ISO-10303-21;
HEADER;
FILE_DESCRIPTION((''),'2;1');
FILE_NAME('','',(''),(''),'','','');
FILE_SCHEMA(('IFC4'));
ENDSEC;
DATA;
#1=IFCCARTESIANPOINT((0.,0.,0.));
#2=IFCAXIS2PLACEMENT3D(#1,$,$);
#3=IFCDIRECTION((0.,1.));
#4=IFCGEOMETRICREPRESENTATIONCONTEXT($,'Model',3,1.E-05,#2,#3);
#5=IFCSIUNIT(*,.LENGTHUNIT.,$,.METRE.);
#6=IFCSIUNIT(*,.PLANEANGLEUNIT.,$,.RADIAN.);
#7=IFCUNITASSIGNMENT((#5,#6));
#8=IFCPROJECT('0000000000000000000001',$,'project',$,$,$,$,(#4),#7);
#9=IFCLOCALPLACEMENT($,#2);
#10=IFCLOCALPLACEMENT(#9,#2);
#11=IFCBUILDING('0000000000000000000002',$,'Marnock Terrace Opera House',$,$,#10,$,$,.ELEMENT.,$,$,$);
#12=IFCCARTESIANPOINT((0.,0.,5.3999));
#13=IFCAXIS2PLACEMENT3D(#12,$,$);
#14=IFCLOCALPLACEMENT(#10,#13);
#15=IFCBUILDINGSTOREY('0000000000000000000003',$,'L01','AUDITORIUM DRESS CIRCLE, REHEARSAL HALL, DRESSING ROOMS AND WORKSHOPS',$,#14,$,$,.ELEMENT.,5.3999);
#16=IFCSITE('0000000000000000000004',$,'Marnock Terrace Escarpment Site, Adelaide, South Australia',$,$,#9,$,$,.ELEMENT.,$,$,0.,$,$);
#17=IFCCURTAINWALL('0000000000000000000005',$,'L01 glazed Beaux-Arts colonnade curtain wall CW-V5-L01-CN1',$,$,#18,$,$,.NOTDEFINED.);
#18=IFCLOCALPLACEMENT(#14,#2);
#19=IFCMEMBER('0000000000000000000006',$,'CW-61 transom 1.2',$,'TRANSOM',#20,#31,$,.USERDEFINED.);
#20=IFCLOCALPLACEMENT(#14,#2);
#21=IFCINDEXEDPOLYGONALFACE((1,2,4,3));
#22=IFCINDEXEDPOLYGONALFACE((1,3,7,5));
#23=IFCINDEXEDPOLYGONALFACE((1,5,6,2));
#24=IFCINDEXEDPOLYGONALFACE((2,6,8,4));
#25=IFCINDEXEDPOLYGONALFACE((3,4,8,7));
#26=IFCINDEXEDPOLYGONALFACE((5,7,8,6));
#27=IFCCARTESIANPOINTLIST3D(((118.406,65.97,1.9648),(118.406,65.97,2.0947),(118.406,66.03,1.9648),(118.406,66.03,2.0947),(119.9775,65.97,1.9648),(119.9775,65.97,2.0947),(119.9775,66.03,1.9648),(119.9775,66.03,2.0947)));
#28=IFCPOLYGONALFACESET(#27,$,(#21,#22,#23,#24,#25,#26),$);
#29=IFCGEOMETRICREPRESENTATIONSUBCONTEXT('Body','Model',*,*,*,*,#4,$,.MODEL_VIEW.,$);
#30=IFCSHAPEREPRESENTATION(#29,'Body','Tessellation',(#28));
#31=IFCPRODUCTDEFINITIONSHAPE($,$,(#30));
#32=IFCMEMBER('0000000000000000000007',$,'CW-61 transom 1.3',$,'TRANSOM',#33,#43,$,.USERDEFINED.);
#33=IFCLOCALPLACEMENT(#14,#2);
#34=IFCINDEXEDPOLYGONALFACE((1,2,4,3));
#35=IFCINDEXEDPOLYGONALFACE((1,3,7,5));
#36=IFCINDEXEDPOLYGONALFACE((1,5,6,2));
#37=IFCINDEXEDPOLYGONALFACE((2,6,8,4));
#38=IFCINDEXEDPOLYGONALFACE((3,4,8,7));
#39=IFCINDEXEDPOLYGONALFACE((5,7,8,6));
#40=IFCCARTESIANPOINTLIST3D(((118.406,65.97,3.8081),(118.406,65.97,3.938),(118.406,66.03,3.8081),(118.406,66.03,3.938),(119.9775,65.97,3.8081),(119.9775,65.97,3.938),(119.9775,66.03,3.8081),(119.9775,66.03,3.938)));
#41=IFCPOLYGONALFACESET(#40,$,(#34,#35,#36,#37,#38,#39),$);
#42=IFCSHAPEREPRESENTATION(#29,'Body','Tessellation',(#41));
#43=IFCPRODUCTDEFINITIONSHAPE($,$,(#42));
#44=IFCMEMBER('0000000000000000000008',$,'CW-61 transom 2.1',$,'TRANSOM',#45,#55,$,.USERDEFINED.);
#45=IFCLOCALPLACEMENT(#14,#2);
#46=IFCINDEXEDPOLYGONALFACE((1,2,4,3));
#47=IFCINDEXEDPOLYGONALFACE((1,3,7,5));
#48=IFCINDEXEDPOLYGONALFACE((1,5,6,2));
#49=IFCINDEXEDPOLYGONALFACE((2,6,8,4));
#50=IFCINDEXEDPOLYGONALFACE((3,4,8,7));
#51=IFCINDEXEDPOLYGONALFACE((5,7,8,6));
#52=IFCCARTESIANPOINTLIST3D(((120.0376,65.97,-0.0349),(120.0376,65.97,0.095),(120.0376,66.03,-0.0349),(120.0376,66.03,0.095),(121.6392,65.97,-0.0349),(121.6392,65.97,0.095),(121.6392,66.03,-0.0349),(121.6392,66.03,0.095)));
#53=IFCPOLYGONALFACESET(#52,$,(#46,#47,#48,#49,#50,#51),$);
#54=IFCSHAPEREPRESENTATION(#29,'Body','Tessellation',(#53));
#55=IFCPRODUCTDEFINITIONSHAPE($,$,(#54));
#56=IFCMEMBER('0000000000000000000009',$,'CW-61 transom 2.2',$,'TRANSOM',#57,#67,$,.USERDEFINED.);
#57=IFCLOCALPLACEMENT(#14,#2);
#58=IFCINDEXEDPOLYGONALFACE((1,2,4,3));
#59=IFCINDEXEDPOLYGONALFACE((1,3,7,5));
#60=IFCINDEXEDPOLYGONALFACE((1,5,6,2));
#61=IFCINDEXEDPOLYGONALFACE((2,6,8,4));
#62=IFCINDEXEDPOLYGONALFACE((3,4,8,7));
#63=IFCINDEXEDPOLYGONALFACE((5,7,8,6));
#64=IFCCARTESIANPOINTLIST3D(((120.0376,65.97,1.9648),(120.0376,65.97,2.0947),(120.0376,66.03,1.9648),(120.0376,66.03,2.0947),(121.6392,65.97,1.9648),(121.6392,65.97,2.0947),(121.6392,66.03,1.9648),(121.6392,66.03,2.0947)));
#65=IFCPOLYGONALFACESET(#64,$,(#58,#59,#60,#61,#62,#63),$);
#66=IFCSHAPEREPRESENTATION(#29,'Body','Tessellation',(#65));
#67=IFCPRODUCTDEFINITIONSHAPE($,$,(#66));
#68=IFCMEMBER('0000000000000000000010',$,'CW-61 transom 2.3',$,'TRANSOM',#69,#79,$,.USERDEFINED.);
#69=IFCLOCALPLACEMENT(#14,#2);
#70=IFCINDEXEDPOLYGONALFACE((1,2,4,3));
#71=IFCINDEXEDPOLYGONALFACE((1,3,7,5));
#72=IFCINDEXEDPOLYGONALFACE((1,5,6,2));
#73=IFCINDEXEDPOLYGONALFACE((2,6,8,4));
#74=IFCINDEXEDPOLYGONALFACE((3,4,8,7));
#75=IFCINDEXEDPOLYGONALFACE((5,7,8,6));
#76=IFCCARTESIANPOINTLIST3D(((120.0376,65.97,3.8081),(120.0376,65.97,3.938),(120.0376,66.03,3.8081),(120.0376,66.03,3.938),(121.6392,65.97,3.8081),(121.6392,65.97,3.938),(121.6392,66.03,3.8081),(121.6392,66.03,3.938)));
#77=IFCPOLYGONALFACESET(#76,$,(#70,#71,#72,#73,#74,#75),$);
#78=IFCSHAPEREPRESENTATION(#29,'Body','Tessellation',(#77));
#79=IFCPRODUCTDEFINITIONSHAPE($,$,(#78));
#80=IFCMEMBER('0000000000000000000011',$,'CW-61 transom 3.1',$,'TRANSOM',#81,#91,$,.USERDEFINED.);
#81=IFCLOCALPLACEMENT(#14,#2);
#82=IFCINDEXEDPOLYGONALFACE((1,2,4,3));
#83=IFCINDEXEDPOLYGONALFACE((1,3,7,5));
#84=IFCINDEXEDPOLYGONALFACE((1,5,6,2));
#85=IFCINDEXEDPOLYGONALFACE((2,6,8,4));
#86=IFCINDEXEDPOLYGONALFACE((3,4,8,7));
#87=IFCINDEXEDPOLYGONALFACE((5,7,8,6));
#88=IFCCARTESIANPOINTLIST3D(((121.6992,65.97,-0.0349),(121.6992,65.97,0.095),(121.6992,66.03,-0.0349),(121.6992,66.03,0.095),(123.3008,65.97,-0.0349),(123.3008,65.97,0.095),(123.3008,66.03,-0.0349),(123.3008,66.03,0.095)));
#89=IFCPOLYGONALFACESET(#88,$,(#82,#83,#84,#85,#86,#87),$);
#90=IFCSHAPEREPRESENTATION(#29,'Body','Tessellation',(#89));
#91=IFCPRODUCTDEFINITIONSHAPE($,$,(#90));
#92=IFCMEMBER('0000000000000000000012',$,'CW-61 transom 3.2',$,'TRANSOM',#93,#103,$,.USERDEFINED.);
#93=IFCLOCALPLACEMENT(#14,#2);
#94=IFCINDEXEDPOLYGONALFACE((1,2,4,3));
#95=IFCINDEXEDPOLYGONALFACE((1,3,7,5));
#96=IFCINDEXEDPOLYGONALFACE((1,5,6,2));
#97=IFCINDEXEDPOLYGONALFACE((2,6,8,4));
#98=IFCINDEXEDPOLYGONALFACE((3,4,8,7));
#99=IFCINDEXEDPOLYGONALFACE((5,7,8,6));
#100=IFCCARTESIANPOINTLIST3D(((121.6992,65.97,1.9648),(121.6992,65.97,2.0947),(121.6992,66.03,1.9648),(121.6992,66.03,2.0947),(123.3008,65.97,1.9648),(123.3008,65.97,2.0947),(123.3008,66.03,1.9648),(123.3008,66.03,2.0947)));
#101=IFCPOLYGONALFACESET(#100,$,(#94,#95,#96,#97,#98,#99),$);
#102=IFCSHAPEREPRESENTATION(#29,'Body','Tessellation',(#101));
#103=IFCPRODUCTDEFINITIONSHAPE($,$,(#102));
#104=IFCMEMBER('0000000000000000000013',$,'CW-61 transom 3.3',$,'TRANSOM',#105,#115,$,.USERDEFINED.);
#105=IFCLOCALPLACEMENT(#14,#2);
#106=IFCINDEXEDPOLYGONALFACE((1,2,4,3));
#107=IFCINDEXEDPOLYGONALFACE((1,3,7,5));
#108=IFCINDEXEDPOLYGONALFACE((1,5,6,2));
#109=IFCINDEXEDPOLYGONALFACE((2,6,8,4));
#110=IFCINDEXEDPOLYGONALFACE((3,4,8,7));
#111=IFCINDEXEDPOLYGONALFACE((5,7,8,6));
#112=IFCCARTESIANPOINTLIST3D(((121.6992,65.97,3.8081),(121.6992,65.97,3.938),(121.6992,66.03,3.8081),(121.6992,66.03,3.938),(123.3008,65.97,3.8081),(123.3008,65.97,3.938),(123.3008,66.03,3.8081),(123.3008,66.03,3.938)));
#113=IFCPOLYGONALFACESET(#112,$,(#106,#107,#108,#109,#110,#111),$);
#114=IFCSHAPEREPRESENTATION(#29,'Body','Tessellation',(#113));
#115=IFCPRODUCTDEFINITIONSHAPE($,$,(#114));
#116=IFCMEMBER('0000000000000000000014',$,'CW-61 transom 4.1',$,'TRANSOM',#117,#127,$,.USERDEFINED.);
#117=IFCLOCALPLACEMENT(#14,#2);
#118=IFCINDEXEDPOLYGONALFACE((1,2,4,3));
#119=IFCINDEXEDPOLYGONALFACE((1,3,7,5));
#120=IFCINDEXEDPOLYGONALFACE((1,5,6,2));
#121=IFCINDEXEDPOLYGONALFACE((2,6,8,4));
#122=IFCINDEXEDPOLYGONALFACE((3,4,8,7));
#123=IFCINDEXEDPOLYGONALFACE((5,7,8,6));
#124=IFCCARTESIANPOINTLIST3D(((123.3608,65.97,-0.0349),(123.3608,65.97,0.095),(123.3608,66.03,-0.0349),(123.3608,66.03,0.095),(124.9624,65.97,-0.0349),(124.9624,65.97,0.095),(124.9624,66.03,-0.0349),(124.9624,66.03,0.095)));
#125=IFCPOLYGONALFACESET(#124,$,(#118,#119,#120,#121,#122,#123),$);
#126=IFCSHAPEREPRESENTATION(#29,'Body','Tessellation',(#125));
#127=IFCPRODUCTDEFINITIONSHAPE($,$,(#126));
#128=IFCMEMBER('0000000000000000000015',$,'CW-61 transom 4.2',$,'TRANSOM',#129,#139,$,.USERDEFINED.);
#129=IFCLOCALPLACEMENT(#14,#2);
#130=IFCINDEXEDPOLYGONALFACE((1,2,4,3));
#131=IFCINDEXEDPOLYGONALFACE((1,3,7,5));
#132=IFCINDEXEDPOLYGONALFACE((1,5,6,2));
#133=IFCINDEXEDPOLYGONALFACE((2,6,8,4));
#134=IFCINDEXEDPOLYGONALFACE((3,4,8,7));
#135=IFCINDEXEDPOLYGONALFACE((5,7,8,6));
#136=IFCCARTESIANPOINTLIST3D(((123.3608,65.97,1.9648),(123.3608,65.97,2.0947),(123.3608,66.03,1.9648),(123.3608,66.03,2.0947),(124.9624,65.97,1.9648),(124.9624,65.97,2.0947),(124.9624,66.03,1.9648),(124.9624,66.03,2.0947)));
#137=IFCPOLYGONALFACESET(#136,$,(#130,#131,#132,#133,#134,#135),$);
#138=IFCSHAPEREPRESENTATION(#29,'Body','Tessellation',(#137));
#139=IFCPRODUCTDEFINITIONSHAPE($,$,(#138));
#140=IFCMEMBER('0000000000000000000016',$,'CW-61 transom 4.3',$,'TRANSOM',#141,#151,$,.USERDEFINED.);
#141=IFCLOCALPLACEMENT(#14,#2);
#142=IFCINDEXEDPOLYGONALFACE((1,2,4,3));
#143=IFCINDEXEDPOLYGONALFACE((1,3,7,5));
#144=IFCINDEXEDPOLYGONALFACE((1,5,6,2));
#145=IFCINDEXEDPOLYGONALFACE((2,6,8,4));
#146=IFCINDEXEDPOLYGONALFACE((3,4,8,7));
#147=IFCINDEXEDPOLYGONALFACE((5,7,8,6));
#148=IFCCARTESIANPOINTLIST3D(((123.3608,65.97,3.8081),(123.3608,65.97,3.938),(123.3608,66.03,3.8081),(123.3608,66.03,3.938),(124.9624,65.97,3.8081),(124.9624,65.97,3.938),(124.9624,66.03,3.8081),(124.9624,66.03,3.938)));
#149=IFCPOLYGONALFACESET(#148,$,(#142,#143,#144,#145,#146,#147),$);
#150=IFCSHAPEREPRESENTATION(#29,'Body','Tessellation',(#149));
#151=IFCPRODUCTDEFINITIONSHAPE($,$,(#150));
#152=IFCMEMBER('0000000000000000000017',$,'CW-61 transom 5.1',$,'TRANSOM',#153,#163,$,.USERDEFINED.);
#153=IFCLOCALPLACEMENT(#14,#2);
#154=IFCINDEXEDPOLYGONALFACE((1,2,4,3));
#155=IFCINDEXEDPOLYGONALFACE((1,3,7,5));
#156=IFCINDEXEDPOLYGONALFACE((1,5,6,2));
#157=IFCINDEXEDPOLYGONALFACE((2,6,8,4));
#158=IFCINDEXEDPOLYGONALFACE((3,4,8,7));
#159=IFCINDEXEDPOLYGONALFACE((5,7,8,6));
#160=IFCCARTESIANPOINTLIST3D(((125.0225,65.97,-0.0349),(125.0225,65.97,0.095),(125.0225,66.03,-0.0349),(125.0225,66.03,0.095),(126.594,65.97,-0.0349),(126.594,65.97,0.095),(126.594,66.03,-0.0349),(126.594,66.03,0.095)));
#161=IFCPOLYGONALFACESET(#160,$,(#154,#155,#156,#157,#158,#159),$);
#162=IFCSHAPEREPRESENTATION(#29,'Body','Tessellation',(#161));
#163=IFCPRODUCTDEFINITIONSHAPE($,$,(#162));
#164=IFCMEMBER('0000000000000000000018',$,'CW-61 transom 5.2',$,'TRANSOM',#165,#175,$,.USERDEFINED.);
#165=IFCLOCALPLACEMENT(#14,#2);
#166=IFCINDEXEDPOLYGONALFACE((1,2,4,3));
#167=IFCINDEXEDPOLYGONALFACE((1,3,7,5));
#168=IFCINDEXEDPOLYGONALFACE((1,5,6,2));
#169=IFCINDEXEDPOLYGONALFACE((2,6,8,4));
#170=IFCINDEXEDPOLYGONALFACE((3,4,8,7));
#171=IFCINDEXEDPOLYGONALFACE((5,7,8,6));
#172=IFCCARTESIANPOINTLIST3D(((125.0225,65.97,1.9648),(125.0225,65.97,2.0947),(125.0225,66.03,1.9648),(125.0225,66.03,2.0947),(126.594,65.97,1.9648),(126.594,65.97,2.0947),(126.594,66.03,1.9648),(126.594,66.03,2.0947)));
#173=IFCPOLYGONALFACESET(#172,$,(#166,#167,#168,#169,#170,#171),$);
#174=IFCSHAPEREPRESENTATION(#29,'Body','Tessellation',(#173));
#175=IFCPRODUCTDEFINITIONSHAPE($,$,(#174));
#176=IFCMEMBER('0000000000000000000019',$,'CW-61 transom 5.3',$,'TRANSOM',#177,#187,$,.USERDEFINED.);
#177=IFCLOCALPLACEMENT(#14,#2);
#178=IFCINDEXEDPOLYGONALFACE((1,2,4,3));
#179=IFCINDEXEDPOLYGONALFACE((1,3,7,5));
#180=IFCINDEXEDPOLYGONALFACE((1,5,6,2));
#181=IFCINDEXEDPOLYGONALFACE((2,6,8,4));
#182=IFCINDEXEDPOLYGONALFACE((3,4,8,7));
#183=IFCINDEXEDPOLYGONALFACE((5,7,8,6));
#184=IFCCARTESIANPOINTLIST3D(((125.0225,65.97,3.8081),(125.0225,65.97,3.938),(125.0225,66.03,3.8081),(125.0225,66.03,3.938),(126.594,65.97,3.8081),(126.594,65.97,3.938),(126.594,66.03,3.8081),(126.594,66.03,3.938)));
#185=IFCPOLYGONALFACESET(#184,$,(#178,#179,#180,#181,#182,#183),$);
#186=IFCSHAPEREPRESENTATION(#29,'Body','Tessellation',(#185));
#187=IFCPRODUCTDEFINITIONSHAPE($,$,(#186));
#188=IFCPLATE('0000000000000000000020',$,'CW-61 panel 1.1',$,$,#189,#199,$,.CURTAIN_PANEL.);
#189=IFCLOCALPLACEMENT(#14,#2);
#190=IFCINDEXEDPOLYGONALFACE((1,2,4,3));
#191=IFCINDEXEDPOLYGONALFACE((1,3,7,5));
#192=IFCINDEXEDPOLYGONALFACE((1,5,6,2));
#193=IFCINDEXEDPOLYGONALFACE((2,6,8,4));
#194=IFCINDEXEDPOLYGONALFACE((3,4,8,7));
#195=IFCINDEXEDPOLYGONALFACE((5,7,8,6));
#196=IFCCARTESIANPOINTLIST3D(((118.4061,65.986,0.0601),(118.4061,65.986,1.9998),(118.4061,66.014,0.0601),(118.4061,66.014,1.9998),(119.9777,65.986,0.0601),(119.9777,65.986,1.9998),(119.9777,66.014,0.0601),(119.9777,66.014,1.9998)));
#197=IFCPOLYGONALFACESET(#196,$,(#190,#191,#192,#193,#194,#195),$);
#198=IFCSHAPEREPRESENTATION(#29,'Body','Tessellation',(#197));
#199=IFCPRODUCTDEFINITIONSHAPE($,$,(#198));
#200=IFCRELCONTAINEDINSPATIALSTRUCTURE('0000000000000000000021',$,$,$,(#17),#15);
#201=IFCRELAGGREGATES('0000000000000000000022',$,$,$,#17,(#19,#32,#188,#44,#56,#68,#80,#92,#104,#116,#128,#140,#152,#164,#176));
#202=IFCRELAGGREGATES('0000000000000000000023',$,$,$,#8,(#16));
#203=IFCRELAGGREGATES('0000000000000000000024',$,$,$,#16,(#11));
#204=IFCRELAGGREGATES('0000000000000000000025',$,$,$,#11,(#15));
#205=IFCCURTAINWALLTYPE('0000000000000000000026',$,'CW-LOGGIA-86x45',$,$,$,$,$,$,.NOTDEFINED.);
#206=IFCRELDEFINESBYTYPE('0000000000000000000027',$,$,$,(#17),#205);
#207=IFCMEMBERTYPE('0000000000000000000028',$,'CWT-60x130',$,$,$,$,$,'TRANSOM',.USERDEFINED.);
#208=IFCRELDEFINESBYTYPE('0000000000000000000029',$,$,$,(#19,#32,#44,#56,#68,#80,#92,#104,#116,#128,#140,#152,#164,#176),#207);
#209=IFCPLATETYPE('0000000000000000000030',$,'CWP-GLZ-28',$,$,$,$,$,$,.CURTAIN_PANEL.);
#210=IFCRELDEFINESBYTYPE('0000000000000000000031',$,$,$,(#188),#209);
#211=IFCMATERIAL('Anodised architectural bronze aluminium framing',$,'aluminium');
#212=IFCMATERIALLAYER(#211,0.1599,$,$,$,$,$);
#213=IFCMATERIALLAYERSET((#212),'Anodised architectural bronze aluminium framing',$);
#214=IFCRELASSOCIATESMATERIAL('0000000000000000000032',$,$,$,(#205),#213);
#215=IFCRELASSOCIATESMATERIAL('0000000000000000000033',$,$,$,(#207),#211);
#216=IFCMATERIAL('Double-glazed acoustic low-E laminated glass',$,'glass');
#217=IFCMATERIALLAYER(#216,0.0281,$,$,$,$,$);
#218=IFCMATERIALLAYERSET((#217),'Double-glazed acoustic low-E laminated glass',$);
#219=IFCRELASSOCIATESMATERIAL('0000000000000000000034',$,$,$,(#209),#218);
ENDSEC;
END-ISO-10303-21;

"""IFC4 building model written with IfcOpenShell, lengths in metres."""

from ifc_helpers import new_model, si_unit, direction, frame, origin, origin_2d, place, context, subcontext, project, spatial, rectangle, extrude, material, layer, layer_set, material_profile, profile_set, type_object, element, aggregate, save


model = new_model("IFC4")

# Units and contexts
model_context = context("Model", 3, precision=1e-05, world=origin(), true_north=direction((0.0, 1.0)))
body_context = subcontext(model_context, "Body", "Model", "MODEL_VIEW")
ifc_project = project(units=[si_unit("LENGTHUNIT", "METRE"), si_unit("PLANEANGLEUNIT", "RADIAN")], contexts=[model_context])

# Site, building, storey
site_placement = place(None, origin())
site = spatial("IfcSite", under=ifc_project, at=site_placement, Name="Marnock Terrace Escarpment Site, Adelaide, South Australia", CompositionType="ELEMENT", RefElevation=0.0)
building_placement = place(site_placement, origin())
building = spatial("IfcBuilding", under=site, at=building_placement, Name="Marnock Terrace Opera House", CompositionType="ELEMENT")
storey_placement = place(building_placement, frame((0.0, 0.0, 5.3999)))
storey = spatial("IfcBuildingStorey", under=building, at=storey_placement, Name="L01", Description="AUDITORIUM DRESS CIRCLE, REHEARSAL HALL, DRESSING ROOMS AND WORKSHOPS", CompositionType="ELEMENT", Elevation=5.3999)

# Curtain wall, members, plate
ifc_material_1 = material(Name="Anodised architectural bronze aluminium framing", Category="aluminium")
ifc_layer_1 = layer(ifc_material_1, 0.1599)
ifc_layer_set_1 = layer_set([ifc_layer_1], Name="Anodised architectural bronze aluminium framing")
curtain_wall_type = type_object("IfcCurtainWallType", Name="CW-LOGGIA-86x45", PredefinedType="NOTDEFINED", material=ifc_layer_set_1)
curtain_wall_placement = place(storey_placement, origin())
curtain_wall = element("IfcCurtainWall", 1, at=curtain_wall_placement, inside=storey, type_object=curtain_wall_type, Name="L01 glazed Beaux-Arts colonnade curtain wall CW-V5-L01-CN1", PredefinedType="NOTDEFINED")
ifc_material_profile_1 = material_profile(ifc_material_1, rectangle(XDim=0.0601, YDim=0.1299, at=origin_2d()))
ifc_profile_set_1 = profile_set([ifc_material_profile_1], Name="Anodised architectural bronze aluminium framing")
member_type_1 = type_object("IfcMemberType", Name="CWT-60x130", ElementType="TRANSOM", PredefinedType="USERDEFINED", material=ifc_profile_set_1)
member_1_placement = place(storey_placement, frame((118.406, 66.0, 2.0298), z_axis=(1.0, 0.0, 0.0), x_axis=(0.0, 1.0, 0.0)))
member_1 = element("IfcMember", 2, at=member_1_placement, type_object=member_type_1, Name="CW-61 transom 1.2", ObjectType="TRANSOM", PredefinedType="USERDEFINED", context=body_context, shape_type="SweptSolid", body=[
    extrude(rectangle(XDim=0.0601, YDim=0.1299, at=origin_2d()), origin(), (0.0, 0.0, 1.0), 1.5715),
])
member_2_placement = place(storey_placement, frame((118.406, 66.0, 3.873), z_axis=(1.0, 0.0, 0.0), x_axis=(0.0, 1.0, 0.0)))
member_2 = element("IfcMember", 3, at=member_2_placement, type_object=member_type_1, Name="CW-61 transom 1.3", ObjectType="TRANSOM", PredefinedType="USERDEFINED", context=body_context, shape_type="SweptSolid", body=[
    extrude(rectangle(XDim=0.0601, YDim=0.1299, at=origin_2d()), origin(), (0.0, 0.0, 1.0), 1.5715),
])
member_3_placement = place(storey_placement, frame((120.0376, 66.0, 0.03), z_axis=(1.0, 0.0, 0.0), x_axis=(0.0, 1.0, 0.0)))
member_3 = element("IfcMember", 4, at=member_3_placement, type_object=member_type_1, Name="CW-61 transom 2.1", ObjectType="TRANSOM", PredefinedType="USERDEFINED", context=body_context, shape_type="SweptSolid", body=[
    extrude(rectangle(XDim=0.0601, YDim=0.1299, at=origin_2d()), origin(), (0.0, 0.0, 1.0), 1.6016),
])
member_4_placement = place(storey_placement, frame((120.0376, 66.0, 2.0298), z_axis=(1.0, 0.0, 0.0), x_axis=(0.0, 1.0, 0.0)))
member_4 = element("IfcMember", 5, at=member_4_placement, type_object=member_type_1, Name="CW-61 transom 2.2", ObjectType="TRANSOM", PredefinedType="USERDEFINED", context=body_context, shape_type="SweptSolid", body=[
    extrude(rectangle(XDim=0.0601, YDim=0.1299, at=origin_2d()), origin(), (0.0, 0.0, 1.0), 1.6016),
])
member_5_placement = place(storey_placement, frame((120.0376, 66.0, 3.873), z_axis=(1.0, 0.0, 0.0), x_axis=(0.0, 1.0, 0.0)))
member_5 = element("IfcMember", 6, at=member_5_placement, type_object=member_type_1, Name="CW-61 transom 2.3", ObjectType="TRANSOM", PredefinedType="USERDEFINED", context=body_context, shape_type="SweptSolid", body=[
    extrude(rectangle(XDim=0.0601, YDim=0.1299, at=origin_2d()), origin(), (0.0, 0.0, 1.0), 1.6016),
])
member_6_placement = place(storey_placement, frame((121.6992, 66.0, 0.03), z_axis=(1.0, 0.0, 0.0), x_axis=(0.0, 1.0, 0.0)))
member_6 = element("IfcMember", 7, at=member_6_placement, type_object=member_type_1, Name="CW-61 transom 3.1", ObjectType="TRANSOM", PredefinedType="USERDEFINED", context=body_context, shape_type="SweptSolid", body=[
    extrude(rectangle(XDim=0.0601, YDim=0.1299, at=origin_2d()), origin(), (0.0, 0.0, 1.0), 1.6016),
])
member_7_placement = place(storey_placement, frame((121.6992, 66.0, 2.0298), z_axis=(1.0, 0.0, 0.0), x_axis=(0.0, 1.0, 0.0)))
member_7 = element("IfcMember", 8, at=member_7_placement, type_object=member_type_1, Name="CW-61 transom 3.2", ObjectType="TRANSOM", PredefinedType="USERDEFINED", context=body_context, shape_type="SweptSolid", body=[
    extrude(rectangle(XDim=0.0601, YDim=0.1299, at=origin_2d()), origin(), (0.0, 0.0, 1.0), 1.6016),
])
member_8_placement = place(storey_placement, frame((121.6992, 66.0, 3.873), z_axis=(1.0, 0.0, 0.0), x_axis=(0.0, 1.0, 0.0)))
member_8 = element("IfcMember", 9, at=member_8_placement, type_object=member_type_1, Name="CW-61 transom 3.3", ObjectType="TRANSOM", PredefinedType="USERDEFINED", context=body_context, shape_type="SweptSolid", body=[
    extrude(rectangle(XDim=0.0601, YDim=0.1299, at=origin_2d()), origin(), (0.0, 0.0, 1.0), 1.6016),
])
member_9_placement = place(storey_placement, frame((123.3608, 66.0, 0.03), z_axis=(1.0, 0.0, 0.0), x_axis=(0.0, 1.0, 0.0)))
member_9 = element("IfcMember", 10, at=member_9_placement, type_object=member_type_1, Name="CW-61 transom 4.1", ObjectType="TRANSOM", PredefinedType="USERDEFINED", context=body_context, shape_type="SweptSolid", body=[
    extrude(rectangle(XDim=0.0601, YDim=0.1299, at=origin_2d()), origin(), (0.0, 0.0, 1.0), 1.6016),
])
member_10_placement = place(storey_placement, frame((123.3608, 66.0, 2.0298), z_axis=(1.0, 0.0, 0.0), x_axis=(0.0, 1.0, 0.0)))
member_10 = element("IfcMember", 11, at=member_10_placement, type_object=member_type_1, Name="CW-61 transom 4.2", ObjectType="TRANSOM", PredefinedType="USERDEFINED", context=body_context, shape_type="SweptSolid", body=[
    extrude(rectangle(XDim=0.0601, YDim=0.1299, at=origin_2d()), origin(), (0.0, 0.0, 1.0), 1.6016),
])
member_11_placement = place(storey_placement, frame((123.3608, 66.0, 3.873), z_axis=(1.0, 0.0, 0.0), x_axis=(0.0, 1.0, 0.0)))
member_11 = element("IfcMember", 12, at=member_11_placement, type_object=member_type_1, Name="CW-61 transom 4.3", ObjectType="TRANSOM", PredefinedType="USERDEFINED", context=body_context, shape_type="SweptSolid", body=[
    extrude(rectangle(XDim=0.0601, YDim=0.1299, at=origin_2d()), origin(), (0.0, 0.0, 1.0), 1.6016),
])
member_12_placement = place(storey_placement, frame((125.0225, 66.0, 0.03), z_axis=(1.0, 0.0, 0.0), x_axis=(0.0, 1.0, 0.0)))
member_12 = element("IfcMember", 13, at=member_12_placement, type_object=member_type_1, Name="CW-61 transom 5.1", ObjectType="TRANSOM", PredefinedType="USERDEFINED", context=body_context, shape_type="SweptSolid", body=[
    extrude(rectangle(XDim=0.0601, YDim=0.1299, at=origin_2d()), origin(), (0.0, 0.0, 1.0), 1.5715),
])
member_13_placement = place(storey_placement, frame((125.0225, 66.0, 2.0298), z_axis=(1.0, 0.0, 0.0), x_axis=(0.0, 1.0, 0.0)))
member_13 = element("IfcMember", 14, at=member_13_placement, type_object=member_type_1, Name="CW-61 transom 5.2", ObjectType="TRANSOM", PredefinedType="USERDEFINED", context=body_context, shape_type="SweptSolid", body=[
    extrude(rectangle(XDim=0.0601, YDim=0.1299, at=origin_2d()), origin(), (0.0, 0.0, 1.0), 1.5715),
])
member_14_placement = place(storey_placement, frame((125.0225, 66.0, 3.873), z_axis=(1.0, 0.0, 0.0), x_axis=(0.0, 1.0, 0.0)))
member_14 = element("IfcMember", 15, at=member_14_placement, type_object=member_type_1, Name="CW-61 transom 5.3", ObjectType="TRANSOM", PredefinedType="USERDEFINED", context=body_context, shape_type="SweptSolid", body=[
    extrude(rectangle(XDim=0.0601, YDim=0.1299, at=origin_2d()), origin(), (0.0, 0.0, 1.0), 1.5715),
])
ifc_material_2 = material(Name="Double-glazed acoustic low-E laminated glass", Category="glass")
ifc_layer_2 = layer(ifc_material_2, 0.0281)
ifc_layer_set_2 = layer_set([ifc_layer_2], Name="Double-glazed acoustic low-E laminated glass")
plate_type = type_object("IfcPlateType", Name="CWP-GLZ-28", PredefinedType="CURTAIN_PANEL", material=ifc_layer_set_2)
plate_1_placement = place(storey_placement, frame((119.1919, 66.0, 0.0601), z_axis=(0.0, 0.0, 1.0), x_axis=(1.0, 0.0, 0.0)))
plate_1 = element("IfcPlate", 16, at=plate_1_placement, type_object=plate_type, Name="CW-61 panel 1.1", PredefinedType="CURTAIN_PANEL", context=body_context, shape_type="SweptSolid", body=[
    extrude(rectangle(XDim=1.5715, YDim=0.0281, at=origin_2d()), origin(), (0.0, 0.0, 1.0), 1.9397),
])
aggregate(curtain_wall, [member_1, member_2, plate_1, member_3, member_4, member_5, member_6, member_7, member_8, member_9, member_10, member_11, member_12, member_13, member_14])

save(model, "model.ifc")
